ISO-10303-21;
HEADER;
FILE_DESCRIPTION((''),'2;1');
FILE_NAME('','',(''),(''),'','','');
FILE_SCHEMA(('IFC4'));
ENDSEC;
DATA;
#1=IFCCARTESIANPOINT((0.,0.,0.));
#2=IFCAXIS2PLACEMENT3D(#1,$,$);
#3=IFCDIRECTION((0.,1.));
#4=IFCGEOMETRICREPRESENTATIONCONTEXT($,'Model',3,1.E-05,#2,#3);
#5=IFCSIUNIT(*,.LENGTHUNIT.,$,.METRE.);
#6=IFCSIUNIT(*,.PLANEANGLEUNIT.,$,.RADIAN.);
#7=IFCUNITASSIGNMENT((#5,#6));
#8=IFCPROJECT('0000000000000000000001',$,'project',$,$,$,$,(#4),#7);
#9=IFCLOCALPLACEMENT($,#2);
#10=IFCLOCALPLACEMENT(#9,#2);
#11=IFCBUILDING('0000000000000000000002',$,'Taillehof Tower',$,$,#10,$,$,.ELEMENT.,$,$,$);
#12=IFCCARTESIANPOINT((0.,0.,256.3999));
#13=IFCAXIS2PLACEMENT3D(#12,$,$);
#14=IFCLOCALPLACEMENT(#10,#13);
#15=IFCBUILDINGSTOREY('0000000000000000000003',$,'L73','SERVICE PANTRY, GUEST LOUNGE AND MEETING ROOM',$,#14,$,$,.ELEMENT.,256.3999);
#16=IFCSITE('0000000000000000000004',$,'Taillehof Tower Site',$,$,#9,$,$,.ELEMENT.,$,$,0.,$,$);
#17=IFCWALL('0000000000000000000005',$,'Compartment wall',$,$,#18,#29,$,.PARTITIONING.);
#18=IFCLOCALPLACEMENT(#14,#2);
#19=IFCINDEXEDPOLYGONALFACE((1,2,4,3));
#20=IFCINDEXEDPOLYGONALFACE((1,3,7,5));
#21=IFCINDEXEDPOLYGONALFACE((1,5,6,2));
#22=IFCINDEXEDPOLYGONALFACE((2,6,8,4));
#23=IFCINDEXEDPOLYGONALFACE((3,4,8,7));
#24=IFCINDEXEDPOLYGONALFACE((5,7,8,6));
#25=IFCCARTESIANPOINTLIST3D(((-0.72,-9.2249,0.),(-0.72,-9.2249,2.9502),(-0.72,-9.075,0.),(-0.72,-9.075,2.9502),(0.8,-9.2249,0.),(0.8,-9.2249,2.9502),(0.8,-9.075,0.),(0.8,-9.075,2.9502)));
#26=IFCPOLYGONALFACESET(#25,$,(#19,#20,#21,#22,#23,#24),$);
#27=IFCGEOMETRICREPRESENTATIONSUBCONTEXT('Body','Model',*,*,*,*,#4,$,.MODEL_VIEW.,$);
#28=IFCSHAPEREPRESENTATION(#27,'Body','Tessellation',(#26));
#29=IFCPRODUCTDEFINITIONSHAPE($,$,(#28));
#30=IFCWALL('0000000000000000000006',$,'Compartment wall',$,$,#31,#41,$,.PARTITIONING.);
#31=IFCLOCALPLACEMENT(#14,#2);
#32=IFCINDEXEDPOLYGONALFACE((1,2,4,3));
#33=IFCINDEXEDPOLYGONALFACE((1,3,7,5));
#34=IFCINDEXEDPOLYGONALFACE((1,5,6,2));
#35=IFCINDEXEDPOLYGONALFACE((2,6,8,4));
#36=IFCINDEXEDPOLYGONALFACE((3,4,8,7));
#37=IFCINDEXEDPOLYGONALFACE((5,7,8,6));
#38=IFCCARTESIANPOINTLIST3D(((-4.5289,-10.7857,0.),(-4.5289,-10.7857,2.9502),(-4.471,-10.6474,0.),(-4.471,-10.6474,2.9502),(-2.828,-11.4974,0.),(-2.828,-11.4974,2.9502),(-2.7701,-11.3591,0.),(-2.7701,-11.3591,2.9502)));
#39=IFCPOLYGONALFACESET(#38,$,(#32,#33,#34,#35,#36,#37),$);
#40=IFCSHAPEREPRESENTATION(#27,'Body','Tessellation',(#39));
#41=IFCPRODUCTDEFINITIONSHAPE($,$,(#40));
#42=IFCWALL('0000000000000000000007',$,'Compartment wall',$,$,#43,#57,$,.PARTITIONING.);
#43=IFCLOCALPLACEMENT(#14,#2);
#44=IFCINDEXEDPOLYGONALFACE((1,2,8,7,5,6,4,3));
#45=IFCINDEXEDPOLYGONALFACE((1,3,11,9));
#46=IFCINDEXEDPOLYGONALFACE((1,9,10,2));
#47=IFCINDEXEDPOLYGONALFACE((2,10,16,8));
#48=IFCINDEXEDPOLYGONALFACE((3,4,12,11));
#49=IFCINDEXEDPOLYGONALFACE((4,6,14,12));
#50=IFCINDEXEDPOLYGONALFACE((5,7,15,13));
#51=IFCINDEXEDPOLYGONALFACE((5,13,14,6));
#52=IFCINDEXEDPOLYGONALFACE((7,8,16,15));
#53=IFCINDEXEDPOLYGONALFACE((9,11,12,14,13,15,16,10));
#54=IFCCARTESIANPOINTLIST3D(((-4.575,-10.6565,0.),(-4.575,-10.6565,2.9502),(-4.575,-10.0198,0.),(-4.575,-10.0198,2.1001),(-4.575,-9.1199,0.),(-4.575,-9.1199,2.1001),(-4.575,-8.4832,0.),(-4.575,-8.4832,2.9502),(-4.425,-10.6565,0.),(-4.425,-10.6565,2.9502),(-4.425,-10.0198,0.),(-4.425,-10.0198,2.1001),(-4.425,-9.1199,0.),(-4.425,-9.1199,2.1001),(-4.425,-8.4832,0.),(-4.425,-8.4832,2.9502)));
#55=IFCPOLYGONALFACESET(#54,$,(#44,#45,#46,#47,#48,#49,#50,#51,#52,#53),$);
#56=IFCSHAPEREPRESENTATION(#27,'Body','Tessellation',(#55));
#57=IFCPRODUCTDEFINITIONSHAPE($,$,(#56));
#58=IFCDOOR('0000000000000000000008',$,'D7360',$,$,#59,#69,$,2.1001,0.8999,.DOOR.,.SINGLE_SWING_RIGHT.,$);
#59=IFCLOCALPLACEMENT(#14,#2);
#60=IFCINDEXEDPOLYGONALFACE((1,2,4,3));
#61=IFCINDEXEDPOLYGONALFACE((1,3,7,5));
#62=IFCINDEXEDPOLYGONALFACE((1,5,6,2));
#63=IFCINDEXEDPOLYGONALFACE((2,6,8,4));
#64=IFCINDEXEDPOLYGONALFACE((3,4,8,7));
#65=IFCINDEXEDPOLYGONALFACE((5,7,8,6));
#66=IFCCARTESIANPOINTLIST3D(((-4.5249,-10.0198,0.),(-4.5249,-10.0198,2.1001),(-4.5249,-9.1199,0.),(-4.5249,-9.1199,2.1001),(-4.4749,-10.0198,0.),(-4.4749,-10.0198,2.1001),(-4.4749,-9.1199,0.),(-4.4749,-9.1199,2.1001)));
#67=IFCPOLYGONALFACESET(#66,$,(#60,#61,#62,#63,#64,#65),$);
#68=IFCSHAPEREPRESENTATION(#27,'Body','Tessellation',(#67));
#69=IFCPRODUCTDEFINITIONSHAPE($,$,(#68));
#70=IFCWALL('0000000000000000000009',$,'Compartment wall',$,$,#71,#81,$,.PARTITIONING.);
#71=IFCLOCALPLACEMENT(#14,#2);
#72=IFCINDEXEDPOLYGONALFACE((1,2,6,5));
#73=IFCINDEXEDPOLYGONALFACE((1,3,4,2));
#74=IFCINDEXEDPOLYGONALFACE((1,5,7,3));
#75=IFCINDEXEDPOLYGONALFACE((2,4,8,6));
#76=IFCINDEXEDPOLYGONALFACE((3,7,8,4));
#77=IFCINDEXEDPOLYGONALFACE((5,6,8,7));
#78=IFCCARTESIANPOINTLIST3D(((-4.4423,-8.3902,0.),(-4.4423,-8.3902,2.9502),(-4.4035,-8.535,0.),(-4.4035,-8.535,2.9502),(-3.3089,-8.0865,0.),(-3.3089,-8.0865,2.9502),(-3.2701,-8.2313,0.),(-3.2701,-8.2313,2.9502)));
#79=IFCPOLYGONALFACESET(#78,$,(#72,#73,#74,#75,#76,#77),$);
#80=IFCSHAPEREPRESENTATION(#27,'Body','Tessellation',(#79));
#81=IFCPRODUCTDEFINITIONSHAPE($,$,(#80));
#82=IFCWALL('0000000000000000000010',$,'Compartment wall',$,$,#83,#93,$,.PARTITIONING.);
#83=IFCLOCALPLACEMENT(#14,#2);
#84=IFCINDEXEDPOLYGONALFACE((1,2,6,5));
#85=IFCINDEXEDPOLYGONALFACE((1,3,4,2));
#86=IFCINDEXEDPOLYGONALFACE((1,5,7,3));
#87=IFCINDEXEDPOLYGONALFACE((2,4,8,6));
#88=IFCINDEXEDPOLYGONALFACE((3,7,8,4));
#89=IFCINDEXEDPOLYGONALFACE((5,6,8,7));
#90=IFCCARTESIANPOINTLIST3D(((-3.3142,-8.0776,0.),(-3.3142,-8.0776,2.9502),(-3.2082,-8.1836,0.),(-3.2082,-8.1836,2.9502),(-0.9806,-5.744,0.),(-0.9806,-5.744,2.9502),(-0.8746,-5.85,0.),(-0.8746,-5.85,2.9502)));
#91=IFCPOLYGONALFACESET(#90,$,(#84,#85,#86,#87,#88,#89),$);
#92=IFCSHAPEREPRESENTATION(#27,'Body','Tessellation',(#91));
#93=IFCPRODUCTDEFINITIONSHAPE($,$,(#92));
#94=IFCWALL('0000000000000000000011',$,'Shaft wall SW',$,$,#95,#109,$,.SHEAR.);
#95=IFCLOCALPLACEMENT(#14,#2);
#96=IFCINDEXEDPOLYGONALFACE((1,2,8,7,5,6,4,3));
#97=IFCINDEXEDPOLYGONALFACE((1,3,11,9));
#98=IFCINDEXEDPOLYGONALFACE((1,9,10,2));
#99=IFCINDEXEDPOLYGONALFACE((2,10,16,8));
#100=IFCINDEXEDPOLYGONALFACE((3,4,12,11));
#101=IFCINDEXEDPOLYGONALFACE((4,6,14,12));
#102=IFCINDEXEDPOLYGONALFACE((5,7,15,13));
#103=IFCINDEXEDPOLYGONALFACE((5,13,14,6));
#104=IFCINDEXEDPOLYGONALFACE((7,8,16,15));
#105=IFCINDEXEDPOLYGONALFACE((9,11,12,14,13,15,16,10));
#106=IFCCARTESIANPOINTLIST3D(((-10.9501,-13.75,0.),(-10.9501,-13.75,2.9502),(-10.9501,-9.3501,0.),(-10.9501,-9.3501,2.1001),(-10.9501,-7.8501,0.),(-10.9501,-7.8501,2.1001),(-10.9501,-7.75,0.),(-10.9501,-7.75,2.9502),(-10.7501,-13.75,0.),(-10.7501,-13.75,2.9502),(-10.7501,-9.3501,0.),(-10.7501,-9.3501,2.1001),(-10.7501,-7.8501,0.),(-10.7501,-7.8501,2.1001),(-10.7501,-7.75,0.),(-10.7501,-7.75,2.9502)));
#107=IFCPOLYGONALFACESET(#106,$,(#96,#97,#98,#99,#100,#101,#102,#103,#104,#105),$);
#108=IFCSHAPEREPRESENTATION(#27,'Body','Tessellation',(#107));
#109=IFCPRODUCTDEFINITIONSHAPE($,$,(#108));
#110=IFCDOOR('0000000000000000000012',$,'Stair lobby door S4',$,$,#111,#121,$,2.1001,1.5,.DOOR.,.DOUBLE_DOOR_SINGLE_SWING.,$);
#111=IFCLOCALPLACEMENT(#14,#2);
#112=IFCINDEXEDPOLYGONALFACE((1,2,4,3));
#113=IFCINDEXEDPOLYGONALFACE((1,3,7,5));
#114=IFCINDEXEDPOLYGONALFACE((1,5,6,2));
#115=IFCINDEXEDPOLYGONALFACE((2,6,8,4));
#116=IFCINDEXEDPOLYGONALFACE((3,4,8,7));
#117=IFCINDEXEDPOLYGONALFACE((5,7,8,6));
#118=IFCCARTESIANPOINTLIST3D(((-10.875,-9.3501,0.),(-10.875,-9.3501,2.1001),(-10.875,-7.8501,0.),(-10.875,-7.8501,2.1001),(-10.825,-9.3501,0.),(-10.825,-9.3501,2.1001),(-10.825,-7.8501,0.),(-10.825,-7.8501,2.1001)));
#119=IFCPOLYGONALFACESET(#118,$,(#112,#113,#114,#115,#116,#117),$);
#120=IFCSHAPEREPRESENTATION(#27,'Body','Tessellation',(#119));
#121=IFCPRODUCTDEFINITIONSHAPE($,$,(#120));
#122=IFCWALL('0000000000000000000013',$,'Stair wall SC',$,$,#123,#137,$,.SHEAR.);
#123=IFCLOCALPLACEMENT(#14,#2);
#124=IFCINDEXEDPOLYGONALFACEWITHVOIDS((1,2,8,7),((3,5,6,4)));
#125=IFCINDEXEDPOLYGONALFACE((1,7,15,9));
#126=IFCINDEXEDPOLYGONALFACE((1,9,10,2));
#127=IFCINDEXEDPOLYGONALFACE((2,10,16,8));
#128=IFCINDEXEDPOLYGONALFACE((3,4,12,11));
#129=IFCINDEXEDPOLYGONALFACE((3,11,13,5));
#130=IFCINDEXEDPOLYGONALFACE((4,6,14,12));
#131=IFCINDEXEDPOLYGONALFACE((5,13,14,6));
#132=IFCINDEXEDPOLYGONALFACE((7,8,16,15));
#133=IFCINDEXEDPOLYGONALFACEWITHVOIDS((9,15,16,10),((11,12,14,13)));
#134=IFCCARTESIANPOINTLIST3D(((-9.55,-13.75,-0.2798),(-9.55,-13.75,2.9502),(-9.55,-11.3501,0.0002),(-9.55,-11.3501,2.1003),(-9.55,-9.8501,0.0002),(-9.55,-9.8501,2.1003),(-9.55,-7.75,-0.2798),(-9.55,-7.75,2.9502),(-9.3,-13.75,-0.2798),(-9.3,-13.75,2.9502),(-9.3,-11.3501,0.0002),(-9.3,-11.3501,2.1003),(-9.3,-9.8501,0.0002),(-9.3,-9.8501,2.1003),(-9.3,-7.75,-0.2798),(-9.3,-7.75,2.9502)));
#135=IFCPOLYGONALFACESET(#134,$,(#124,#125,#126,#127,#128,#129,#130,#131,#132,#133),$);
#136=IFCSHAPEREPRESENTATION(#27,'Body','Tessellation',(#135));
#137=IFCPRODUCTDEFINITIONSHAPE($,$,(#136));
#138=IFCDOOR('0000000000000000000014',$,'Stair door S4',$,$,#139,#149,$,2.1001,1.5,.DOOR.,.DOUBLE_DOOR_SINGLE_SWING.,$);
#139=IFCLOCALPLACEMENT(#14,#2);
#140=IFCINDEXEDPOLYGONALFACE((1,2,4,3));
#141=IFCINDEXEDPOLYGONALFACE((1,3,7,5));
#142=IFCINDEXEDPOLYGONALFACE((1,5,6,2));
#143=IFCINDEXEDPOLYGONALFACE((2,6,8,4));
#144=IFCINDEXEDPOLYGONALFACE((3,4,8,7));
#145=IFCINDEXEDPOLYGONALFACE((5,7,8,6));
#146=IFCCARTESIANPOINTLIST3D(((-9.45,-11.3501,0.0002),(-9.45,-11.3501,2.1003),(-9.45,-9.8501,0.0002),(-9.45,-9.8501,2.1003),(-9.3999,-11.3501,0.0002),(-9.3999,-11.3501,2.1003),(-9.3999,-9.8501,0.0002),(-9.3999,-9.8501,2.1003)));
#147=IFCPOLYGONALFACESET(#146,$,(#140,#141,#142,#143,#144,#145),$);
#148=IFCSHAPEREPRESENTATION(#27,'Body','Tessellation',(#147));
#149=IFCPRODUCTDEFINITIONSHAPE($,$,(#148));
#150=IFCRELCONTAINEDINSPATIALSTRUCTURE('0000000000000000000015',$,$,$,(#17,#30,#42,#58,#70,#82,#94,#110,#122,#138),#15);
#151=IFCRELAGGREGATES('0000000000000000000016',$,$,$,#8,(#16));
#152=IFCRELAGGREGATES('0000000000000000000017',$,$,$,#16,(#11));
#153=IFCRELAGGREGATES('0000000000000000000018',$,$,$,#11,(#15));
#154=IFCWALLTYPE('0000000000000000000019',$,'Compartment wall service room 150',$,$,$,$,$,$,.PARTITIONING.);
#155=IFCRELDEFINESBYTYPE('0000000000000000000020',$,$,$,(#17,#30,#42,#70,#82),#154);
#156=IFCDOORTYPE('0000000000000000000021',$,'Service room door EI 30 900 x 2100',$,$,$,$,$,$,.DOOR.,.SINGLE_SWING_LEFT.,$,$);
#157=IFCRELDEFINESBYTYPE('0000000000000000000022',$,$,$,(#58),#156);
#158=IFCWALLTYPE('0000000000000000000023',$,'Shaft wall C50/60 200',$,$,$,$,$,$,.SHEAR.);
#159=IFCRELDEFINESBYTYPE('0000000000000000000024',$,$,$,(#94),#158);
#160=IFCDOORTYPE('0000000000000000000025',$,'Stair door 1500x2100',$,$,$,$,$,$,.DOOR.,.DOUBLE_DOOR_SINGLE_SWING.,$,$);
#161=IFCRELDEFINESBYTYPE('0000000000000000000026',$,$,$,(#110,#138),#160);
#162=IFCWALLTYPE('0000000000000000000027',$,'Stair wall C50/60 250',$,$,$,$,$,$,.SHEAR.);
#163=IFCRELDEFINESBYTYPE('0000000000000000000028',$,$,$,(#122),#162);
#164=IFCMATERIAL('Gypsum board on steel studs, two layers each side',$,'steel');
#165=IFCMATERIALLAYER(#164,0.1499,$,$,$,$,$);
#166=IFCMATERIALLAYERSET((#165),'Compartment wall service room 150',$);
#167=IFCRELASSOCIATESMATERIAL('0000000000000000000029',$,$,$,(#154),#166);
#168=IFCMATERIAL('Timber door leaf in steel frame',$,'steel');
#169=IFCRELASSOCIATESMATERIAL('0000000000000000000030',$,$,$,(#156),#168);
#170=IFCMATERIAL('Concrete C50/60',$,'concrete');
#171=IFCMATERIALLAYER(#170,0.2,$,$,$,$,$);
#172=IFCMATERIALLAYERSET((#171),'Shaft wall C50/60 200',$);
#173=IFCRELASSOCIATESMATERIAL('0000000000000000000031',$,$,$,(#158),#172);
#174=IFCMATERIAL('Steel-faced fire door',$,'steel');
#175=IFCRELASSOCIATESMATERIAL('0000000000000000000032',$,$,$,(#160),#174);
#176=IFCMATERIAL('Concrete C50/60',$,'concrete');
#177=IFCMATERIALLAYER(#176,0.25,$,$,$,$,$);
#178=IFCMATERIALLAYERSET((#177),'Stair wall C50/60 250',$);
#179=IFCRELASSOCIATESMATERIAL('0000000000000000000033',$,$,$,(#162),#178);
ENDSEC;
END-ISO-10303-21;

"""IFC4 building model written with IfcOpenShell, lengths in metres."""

from ifc_helpers import new_model, si_unit, direction, frame, frame_2d, origin, place, context, subcontext, project, spatial, rectangle, extrude, material, layer, layer_set, type_object, element, fill, save


model = new_model("IFC4")

# Units and contexts
model_context = context("Model", 3, precision=1e-05, world=origin(), true_north=direction((0.0, 1.0)))
body_context = subcontext(model_context, "Body", "Model", "MODEL_VIEW")
ifc_project = project(units=[si_unit("LENGTHUNIT", "METRE"), si_unit("PLANEANGLEUNIT", "RADIAN")], contexts=[model_context])

# Site, building, storey
site_placement = place(None, origin())
site = spatial("IfcSite", under=ifc_project, at=site_placement, Name="Taillehof Tower Site", CompositionType="ELEMENT", RefElevation=0.0)
building_placement = place(site_placement, origin())
building = spatial("IfcBuilding", under=site, at=building_placement, Name="Taillehof Tower", CompositionType="ELEMENT")
storey_placement = place(building_placement, frame((0.0, 0.0, 256.3999)))
storey = spatial("IfcBuildingStorey", under=building, at=storey_placement, Name="L73", Description="SERVICE PANTRY, GUEST LOUNGE AND MEETING ROOM", CompositionType="ELEMENT", Elevation=256.3999)

# Walls
ifc_material_1 = material(Name="Gypsum board on steel studs, two layers each side", Category="steel")
ifc_layer_1 = layer(ifc_material_1, 0.1499)
ifc_layer_set_1 = layer_set([ifc_layer_1], Name="Compartment wall service room 150")
wall_type_1 = type_object("IfcWallType", Name="Compartment wall service room 150", PredefinedType="PARTITIONING", material=ifc_layer_set_1)
wall_1_placement = place(storey_placement, frame((-0.72, -9.1499, 0.0), z_axis=(0.0, 0.0, 1.0), x_axis=(1.0, 0.0, 0.0)))
element("IfcWall", 1, at=wall_1_placement, inside=storey, type_object=wall_type_1, Name="Compartment wall", PredefinedType="PARTITIONING", context=body_context, shape_type="SweptSolid", body=[
    extrude(rectangle(XDim=1.52, YDim=0.1499, at=frame_2d((0.76, 0.0))), origin(), (0.0, 0.0, 1.0), 2.9502),
])
wall_2_placement = place(storey_placement, frame((-2.7991, -11.4282, 0.0), z_axis=(0.0, 0.0, 1.0), x_axis=(-0.922508, 0.385978, 0.0)))
element("IfcWall", 2, at=wall_2_placement, inside=storey, type_object=wall_type_1, Name="Compartment wall", PredefinedType="PARTITIONING", context=body_context, shape_type="SweptSolid", body=[
    extrude(rectangle(XDim=1.8438, YDim=0.1499, at=frame_2d((0.9219, 0.0))), origin(), (0.0, 0.0, 1.0), 2.9502),
])

# Wall, opening, door
wall_3_placement = place(storey_placement, frame((-4.5, -10.6565, 0.0), z_axis=(0.0, 0.0, 1.0), x_axis=(0.0, 1.0, 0.0)))
wall_3 = element("IfcWall", 3, at=wall_3_placement, inside=storey, type_object=wall_type_1, Name="Compartment wall", PredefinedType="PARTITIONING", context=body_context, shape_type="SweptSolid", body=[
    extrude(rectangle(XDim=2.1733, YDim=0.1499, at=frame_2d((1.0867, 0.0))), origin(), (0.0, 0.0, 1.0), 2.9502),
])
opening_1_placement = place(wall_3_placement, frame((0.6367, 0.0, 0.0)))
opening_1 = element("IfcOpeningElement", 4, at=opening_1_placement, cuts=wall_3, PredefinedType="OPENING", context=body_context, shape_type="SweptSolid", body=[
    extrude(rectangle(XDim=0.8999, YDim=2.1001, at=frame_2d((0.45, 1.05))), frame((0.0, 0.085, 0.0), z_axis=(0.0, -1.0, 0.0), x_axis=(1.0, 0.0, 0.0)), (0.0, 0.0, 1.0), 0.1699),
])
ifc_material_2 = material(Name="Timber door leaf in steel frame", Category="steel")
door_type_1 = type_object("IfcDoorType", Name="Service room door EI 30 900 x 2100", OperationType="SINGLE_SWING_LEFT", PredefinedType="DOOR", material=ifc_material_2)
door_1_placement = place(opening_1_placement, origin())
door_1 = element("IfcDoor", 5, at=door_1_placement, inside=storey, type_object=door_type_1, Name="D7360", OperationType="SINGLE_SWING_RIGHT", OverallHeight=2.1001, OverallWidth=0.8999, PredefinedType="DOOR", context=body_context, shape_type="SweptSolid", body=[
    extrude(rectangle(XDim=0.8999, YDim=2.1001, at=frame_2d((0.45, 1.05))), frame((0.0, 0.0249, 0.0), z_axis=(0.0, -1.0, 0.0), x_axis=(1.0, 0.0, 0.0)), (0.0, 0.0, 1.0), 0.05),
])
fill(opening_1, door_1)

# Walls
wall_4_placement = place(storey_placement, frame((-4.4229, -8.4626, 0.0), z_axis=(0.0, 0.0, 1.0), x_axis=(0.965916, 0.258854, 0.0)))
element("IfcWall", 6, at=wall_4_placement, inside=storey, type_object=wall_type_1, Name="Compartment wall", PredefinedType="PARTITIONING", context=body_context, shape_type="SweptSolid", body=[
    extrude(rectangle(XDim=1.1733, YDim=0.1499, at=frame_2d((0.5867, 0.0))), origin(), (0.0, 0.0, 1.0), 2.9502),
])
wall_5_placement = place(storey_placement, frame((-3.2612, -8.1306, 0.0), z_axis=(0.0, 0.0, 1.0), x_axis=(0.707107, 0.707107, 0.0)))
element("IfcWall", 7, at=wall_5_placement, inside=storey, type_object=wall_type_1, Name="Compartment wall", PredefinedType="PARTITIONING", context=body_context, shape_type="SweptSolid", body=[
    extrude(rectangle(XDim=3.3003, YDim=0.1499, at=frame_2d((1.6501, 0.0))), origin(), (0.0, 0.0, 1.0), 2.9502),
])

# Walls, openings, doors
ifc_material_3 = material(Name="Concrete C50/60", Category="concrete")
ifc_layer_2 = layer(ifc_material_3, 0.2)
ifc_layer_set_2 = layer_set([ifc_layer_2], Name="Shaft wall C50/60 200")
wall_type_2 = type_object("IfcWallType", Name="Shaft wall C50/60 200", PredefinedType="SHEAR", material=ifc_layer_set_2)
wall_6_placement = place(storey_placement, frame((-10.8501, -13.75, 0.0), z_axis=(0.0, 0.0, 1.0), x_axis=(0.0, 1.0, 0.0)))
wall_6 = element("IfcWall", 8, at=wall_6_placement, inside=storey, type_object=wall_type_2, Name="Shaft wall SW", PredefinedType="SHEAR", context=body_context, shape_type="SweptSolid", body=[
    extrude(rectangle(XDim=6.0, YDim=0.2, at=frame_2d((3.0, 0.0))), origin(), (0.0, 0.0, 1.0), 2.9502),
])
opening_2_placement = place(wall_6_placement, frame((4.3999, 0.0, 0.0)))
opening_2 = element("IfcOpeningElement", 9, at=opening_2_placement, cuts=wall_6, PredefinedType="OPENING", context=body_context, shape_type="SweptSolid", body=[
    extrude(rectangle(XDim=1.5, YDim=2.1001, at=frame_2d((0.75, 1.05))), frame((0.0, 0.1099, 0.0), z_axis=(0.0, -1.0, 0.0), x_axis=(1.0, 0.0, 0.0)), (0.0, 0.0, 1.0), 0.22),
])
ifc_material_4 = material(Name="Steel-faced fire door", Category="steel")
door_type_2 = type_object("IfcDoorType", Name="Stair door 1500x2100", OperationType="DOUBLE_DOOR_SINGLE_SWING", PredefinedType="DOOR", material=ifc_material_4)
door_2_placement = place(opening_2_placement, origin())
door_2 = element("IfcDoor", 10, at=door_2_placement, inside=storey, type_object=door_type_2, Name="Stair lobby door S4", OperationType="DOUBLE_DOOR_SINGLE_SWING", OverallHeight=2.1001, OverallWidth=1.5, PredefinedType="DOOR", context=body_context, shape_type="SweptSolid", body=[
    extrude(rectangle(XDim=1.5, YDim=2.1001, at=frame_2d((0.75, 1.05))), frame((0.0, 0.0249, 0.0), z_axis=(0.0, -1.0, 0.0), x_axis=(1.0, 0.0, 0.0)), (0.0, 0.0, 1.0), 0.05),
])
fill(opening_2, door_2)
ifc_material_5 = material(Name="Concrete C50/60", Category="concrete")
ifc_layer_3 = layer(ifc_material_5, 0.25)
ifc_layer_set_3 = layer_set([ifc_layer_3], Name="Stair wall C50/60 250")
wall_type_3 = type_object("IfcWallType", Name="Stair wall C50/60 250", PredefinedType="SHEAR", material=ifc_layer_set_3)
wall_7_placement = place(storey_placement, frame((-9.425, -13.75, -0.2798), z_axis=(0.0, 0.0, 1.0), x_axis=(0.0, 1.0, 0.0)))
wall_7 = element("IfcWall", 11, at=wall_7_placement, inside=storey, type_object=wall_type_3, Name="Stair wall SC", PredefinedType="SHEAR", context=body_context, shape_type="SweptSolid", body=[
    extrude(rectangle(XDim=6.0, YDim=0.25, at=frame_2d((3.0, 0.0))), origin(), (0.0, 0.0, 1.0), 3.23),
])
opening_3_placement = place(wall_7_placement, frame((2.3999, 0.0, 0.28)))
opening_3 = element("IfcOpeningElement", 12, at=opening_3_placement, cuts=wall_7, PredefinedType="OPENING", context=body_context, shape_type="SweptSolid", body=[
    extrude(rectangle(XDim=1.5, YDim=2.1001, at=frame_2d((0.75, 1.05))), frame((0.0, 0.135, 0.0), z_axis=(0.0, -1.0, 0.0), x_axis=(1.0, 0.0, 0.0)), (0.0, 0.0, 1.0), 0.27),
])
door_3_placement = place(opening_3_placement, origin())
door_3 = element("IfcDoor", 13, at=door_3_placement, inside=storey, type_object=door_type_2, Name="Stair door S4", OperationType="DOUBLE_DOOR_SINGLE_SWING", OverallHeight=2.1001, OverallWidth=1.5, PredefinedType="DOOR", context=body_context, shape_type="SweptSolid", body=[
    extrude(rectangle(XDim=1.5, YDim=2.1001, at=frame_2d((0.75, 1.05))), frame((0.0, 0.0249, 0.0), z_axis=(0.0, -1.0, 0.0), x_axis=(1.0, 0.0, 0.0)), (0.0, 0.0, 1.0), 0.05),
])
fill(opening_3, door_3)

save(model, "model.ifc")
